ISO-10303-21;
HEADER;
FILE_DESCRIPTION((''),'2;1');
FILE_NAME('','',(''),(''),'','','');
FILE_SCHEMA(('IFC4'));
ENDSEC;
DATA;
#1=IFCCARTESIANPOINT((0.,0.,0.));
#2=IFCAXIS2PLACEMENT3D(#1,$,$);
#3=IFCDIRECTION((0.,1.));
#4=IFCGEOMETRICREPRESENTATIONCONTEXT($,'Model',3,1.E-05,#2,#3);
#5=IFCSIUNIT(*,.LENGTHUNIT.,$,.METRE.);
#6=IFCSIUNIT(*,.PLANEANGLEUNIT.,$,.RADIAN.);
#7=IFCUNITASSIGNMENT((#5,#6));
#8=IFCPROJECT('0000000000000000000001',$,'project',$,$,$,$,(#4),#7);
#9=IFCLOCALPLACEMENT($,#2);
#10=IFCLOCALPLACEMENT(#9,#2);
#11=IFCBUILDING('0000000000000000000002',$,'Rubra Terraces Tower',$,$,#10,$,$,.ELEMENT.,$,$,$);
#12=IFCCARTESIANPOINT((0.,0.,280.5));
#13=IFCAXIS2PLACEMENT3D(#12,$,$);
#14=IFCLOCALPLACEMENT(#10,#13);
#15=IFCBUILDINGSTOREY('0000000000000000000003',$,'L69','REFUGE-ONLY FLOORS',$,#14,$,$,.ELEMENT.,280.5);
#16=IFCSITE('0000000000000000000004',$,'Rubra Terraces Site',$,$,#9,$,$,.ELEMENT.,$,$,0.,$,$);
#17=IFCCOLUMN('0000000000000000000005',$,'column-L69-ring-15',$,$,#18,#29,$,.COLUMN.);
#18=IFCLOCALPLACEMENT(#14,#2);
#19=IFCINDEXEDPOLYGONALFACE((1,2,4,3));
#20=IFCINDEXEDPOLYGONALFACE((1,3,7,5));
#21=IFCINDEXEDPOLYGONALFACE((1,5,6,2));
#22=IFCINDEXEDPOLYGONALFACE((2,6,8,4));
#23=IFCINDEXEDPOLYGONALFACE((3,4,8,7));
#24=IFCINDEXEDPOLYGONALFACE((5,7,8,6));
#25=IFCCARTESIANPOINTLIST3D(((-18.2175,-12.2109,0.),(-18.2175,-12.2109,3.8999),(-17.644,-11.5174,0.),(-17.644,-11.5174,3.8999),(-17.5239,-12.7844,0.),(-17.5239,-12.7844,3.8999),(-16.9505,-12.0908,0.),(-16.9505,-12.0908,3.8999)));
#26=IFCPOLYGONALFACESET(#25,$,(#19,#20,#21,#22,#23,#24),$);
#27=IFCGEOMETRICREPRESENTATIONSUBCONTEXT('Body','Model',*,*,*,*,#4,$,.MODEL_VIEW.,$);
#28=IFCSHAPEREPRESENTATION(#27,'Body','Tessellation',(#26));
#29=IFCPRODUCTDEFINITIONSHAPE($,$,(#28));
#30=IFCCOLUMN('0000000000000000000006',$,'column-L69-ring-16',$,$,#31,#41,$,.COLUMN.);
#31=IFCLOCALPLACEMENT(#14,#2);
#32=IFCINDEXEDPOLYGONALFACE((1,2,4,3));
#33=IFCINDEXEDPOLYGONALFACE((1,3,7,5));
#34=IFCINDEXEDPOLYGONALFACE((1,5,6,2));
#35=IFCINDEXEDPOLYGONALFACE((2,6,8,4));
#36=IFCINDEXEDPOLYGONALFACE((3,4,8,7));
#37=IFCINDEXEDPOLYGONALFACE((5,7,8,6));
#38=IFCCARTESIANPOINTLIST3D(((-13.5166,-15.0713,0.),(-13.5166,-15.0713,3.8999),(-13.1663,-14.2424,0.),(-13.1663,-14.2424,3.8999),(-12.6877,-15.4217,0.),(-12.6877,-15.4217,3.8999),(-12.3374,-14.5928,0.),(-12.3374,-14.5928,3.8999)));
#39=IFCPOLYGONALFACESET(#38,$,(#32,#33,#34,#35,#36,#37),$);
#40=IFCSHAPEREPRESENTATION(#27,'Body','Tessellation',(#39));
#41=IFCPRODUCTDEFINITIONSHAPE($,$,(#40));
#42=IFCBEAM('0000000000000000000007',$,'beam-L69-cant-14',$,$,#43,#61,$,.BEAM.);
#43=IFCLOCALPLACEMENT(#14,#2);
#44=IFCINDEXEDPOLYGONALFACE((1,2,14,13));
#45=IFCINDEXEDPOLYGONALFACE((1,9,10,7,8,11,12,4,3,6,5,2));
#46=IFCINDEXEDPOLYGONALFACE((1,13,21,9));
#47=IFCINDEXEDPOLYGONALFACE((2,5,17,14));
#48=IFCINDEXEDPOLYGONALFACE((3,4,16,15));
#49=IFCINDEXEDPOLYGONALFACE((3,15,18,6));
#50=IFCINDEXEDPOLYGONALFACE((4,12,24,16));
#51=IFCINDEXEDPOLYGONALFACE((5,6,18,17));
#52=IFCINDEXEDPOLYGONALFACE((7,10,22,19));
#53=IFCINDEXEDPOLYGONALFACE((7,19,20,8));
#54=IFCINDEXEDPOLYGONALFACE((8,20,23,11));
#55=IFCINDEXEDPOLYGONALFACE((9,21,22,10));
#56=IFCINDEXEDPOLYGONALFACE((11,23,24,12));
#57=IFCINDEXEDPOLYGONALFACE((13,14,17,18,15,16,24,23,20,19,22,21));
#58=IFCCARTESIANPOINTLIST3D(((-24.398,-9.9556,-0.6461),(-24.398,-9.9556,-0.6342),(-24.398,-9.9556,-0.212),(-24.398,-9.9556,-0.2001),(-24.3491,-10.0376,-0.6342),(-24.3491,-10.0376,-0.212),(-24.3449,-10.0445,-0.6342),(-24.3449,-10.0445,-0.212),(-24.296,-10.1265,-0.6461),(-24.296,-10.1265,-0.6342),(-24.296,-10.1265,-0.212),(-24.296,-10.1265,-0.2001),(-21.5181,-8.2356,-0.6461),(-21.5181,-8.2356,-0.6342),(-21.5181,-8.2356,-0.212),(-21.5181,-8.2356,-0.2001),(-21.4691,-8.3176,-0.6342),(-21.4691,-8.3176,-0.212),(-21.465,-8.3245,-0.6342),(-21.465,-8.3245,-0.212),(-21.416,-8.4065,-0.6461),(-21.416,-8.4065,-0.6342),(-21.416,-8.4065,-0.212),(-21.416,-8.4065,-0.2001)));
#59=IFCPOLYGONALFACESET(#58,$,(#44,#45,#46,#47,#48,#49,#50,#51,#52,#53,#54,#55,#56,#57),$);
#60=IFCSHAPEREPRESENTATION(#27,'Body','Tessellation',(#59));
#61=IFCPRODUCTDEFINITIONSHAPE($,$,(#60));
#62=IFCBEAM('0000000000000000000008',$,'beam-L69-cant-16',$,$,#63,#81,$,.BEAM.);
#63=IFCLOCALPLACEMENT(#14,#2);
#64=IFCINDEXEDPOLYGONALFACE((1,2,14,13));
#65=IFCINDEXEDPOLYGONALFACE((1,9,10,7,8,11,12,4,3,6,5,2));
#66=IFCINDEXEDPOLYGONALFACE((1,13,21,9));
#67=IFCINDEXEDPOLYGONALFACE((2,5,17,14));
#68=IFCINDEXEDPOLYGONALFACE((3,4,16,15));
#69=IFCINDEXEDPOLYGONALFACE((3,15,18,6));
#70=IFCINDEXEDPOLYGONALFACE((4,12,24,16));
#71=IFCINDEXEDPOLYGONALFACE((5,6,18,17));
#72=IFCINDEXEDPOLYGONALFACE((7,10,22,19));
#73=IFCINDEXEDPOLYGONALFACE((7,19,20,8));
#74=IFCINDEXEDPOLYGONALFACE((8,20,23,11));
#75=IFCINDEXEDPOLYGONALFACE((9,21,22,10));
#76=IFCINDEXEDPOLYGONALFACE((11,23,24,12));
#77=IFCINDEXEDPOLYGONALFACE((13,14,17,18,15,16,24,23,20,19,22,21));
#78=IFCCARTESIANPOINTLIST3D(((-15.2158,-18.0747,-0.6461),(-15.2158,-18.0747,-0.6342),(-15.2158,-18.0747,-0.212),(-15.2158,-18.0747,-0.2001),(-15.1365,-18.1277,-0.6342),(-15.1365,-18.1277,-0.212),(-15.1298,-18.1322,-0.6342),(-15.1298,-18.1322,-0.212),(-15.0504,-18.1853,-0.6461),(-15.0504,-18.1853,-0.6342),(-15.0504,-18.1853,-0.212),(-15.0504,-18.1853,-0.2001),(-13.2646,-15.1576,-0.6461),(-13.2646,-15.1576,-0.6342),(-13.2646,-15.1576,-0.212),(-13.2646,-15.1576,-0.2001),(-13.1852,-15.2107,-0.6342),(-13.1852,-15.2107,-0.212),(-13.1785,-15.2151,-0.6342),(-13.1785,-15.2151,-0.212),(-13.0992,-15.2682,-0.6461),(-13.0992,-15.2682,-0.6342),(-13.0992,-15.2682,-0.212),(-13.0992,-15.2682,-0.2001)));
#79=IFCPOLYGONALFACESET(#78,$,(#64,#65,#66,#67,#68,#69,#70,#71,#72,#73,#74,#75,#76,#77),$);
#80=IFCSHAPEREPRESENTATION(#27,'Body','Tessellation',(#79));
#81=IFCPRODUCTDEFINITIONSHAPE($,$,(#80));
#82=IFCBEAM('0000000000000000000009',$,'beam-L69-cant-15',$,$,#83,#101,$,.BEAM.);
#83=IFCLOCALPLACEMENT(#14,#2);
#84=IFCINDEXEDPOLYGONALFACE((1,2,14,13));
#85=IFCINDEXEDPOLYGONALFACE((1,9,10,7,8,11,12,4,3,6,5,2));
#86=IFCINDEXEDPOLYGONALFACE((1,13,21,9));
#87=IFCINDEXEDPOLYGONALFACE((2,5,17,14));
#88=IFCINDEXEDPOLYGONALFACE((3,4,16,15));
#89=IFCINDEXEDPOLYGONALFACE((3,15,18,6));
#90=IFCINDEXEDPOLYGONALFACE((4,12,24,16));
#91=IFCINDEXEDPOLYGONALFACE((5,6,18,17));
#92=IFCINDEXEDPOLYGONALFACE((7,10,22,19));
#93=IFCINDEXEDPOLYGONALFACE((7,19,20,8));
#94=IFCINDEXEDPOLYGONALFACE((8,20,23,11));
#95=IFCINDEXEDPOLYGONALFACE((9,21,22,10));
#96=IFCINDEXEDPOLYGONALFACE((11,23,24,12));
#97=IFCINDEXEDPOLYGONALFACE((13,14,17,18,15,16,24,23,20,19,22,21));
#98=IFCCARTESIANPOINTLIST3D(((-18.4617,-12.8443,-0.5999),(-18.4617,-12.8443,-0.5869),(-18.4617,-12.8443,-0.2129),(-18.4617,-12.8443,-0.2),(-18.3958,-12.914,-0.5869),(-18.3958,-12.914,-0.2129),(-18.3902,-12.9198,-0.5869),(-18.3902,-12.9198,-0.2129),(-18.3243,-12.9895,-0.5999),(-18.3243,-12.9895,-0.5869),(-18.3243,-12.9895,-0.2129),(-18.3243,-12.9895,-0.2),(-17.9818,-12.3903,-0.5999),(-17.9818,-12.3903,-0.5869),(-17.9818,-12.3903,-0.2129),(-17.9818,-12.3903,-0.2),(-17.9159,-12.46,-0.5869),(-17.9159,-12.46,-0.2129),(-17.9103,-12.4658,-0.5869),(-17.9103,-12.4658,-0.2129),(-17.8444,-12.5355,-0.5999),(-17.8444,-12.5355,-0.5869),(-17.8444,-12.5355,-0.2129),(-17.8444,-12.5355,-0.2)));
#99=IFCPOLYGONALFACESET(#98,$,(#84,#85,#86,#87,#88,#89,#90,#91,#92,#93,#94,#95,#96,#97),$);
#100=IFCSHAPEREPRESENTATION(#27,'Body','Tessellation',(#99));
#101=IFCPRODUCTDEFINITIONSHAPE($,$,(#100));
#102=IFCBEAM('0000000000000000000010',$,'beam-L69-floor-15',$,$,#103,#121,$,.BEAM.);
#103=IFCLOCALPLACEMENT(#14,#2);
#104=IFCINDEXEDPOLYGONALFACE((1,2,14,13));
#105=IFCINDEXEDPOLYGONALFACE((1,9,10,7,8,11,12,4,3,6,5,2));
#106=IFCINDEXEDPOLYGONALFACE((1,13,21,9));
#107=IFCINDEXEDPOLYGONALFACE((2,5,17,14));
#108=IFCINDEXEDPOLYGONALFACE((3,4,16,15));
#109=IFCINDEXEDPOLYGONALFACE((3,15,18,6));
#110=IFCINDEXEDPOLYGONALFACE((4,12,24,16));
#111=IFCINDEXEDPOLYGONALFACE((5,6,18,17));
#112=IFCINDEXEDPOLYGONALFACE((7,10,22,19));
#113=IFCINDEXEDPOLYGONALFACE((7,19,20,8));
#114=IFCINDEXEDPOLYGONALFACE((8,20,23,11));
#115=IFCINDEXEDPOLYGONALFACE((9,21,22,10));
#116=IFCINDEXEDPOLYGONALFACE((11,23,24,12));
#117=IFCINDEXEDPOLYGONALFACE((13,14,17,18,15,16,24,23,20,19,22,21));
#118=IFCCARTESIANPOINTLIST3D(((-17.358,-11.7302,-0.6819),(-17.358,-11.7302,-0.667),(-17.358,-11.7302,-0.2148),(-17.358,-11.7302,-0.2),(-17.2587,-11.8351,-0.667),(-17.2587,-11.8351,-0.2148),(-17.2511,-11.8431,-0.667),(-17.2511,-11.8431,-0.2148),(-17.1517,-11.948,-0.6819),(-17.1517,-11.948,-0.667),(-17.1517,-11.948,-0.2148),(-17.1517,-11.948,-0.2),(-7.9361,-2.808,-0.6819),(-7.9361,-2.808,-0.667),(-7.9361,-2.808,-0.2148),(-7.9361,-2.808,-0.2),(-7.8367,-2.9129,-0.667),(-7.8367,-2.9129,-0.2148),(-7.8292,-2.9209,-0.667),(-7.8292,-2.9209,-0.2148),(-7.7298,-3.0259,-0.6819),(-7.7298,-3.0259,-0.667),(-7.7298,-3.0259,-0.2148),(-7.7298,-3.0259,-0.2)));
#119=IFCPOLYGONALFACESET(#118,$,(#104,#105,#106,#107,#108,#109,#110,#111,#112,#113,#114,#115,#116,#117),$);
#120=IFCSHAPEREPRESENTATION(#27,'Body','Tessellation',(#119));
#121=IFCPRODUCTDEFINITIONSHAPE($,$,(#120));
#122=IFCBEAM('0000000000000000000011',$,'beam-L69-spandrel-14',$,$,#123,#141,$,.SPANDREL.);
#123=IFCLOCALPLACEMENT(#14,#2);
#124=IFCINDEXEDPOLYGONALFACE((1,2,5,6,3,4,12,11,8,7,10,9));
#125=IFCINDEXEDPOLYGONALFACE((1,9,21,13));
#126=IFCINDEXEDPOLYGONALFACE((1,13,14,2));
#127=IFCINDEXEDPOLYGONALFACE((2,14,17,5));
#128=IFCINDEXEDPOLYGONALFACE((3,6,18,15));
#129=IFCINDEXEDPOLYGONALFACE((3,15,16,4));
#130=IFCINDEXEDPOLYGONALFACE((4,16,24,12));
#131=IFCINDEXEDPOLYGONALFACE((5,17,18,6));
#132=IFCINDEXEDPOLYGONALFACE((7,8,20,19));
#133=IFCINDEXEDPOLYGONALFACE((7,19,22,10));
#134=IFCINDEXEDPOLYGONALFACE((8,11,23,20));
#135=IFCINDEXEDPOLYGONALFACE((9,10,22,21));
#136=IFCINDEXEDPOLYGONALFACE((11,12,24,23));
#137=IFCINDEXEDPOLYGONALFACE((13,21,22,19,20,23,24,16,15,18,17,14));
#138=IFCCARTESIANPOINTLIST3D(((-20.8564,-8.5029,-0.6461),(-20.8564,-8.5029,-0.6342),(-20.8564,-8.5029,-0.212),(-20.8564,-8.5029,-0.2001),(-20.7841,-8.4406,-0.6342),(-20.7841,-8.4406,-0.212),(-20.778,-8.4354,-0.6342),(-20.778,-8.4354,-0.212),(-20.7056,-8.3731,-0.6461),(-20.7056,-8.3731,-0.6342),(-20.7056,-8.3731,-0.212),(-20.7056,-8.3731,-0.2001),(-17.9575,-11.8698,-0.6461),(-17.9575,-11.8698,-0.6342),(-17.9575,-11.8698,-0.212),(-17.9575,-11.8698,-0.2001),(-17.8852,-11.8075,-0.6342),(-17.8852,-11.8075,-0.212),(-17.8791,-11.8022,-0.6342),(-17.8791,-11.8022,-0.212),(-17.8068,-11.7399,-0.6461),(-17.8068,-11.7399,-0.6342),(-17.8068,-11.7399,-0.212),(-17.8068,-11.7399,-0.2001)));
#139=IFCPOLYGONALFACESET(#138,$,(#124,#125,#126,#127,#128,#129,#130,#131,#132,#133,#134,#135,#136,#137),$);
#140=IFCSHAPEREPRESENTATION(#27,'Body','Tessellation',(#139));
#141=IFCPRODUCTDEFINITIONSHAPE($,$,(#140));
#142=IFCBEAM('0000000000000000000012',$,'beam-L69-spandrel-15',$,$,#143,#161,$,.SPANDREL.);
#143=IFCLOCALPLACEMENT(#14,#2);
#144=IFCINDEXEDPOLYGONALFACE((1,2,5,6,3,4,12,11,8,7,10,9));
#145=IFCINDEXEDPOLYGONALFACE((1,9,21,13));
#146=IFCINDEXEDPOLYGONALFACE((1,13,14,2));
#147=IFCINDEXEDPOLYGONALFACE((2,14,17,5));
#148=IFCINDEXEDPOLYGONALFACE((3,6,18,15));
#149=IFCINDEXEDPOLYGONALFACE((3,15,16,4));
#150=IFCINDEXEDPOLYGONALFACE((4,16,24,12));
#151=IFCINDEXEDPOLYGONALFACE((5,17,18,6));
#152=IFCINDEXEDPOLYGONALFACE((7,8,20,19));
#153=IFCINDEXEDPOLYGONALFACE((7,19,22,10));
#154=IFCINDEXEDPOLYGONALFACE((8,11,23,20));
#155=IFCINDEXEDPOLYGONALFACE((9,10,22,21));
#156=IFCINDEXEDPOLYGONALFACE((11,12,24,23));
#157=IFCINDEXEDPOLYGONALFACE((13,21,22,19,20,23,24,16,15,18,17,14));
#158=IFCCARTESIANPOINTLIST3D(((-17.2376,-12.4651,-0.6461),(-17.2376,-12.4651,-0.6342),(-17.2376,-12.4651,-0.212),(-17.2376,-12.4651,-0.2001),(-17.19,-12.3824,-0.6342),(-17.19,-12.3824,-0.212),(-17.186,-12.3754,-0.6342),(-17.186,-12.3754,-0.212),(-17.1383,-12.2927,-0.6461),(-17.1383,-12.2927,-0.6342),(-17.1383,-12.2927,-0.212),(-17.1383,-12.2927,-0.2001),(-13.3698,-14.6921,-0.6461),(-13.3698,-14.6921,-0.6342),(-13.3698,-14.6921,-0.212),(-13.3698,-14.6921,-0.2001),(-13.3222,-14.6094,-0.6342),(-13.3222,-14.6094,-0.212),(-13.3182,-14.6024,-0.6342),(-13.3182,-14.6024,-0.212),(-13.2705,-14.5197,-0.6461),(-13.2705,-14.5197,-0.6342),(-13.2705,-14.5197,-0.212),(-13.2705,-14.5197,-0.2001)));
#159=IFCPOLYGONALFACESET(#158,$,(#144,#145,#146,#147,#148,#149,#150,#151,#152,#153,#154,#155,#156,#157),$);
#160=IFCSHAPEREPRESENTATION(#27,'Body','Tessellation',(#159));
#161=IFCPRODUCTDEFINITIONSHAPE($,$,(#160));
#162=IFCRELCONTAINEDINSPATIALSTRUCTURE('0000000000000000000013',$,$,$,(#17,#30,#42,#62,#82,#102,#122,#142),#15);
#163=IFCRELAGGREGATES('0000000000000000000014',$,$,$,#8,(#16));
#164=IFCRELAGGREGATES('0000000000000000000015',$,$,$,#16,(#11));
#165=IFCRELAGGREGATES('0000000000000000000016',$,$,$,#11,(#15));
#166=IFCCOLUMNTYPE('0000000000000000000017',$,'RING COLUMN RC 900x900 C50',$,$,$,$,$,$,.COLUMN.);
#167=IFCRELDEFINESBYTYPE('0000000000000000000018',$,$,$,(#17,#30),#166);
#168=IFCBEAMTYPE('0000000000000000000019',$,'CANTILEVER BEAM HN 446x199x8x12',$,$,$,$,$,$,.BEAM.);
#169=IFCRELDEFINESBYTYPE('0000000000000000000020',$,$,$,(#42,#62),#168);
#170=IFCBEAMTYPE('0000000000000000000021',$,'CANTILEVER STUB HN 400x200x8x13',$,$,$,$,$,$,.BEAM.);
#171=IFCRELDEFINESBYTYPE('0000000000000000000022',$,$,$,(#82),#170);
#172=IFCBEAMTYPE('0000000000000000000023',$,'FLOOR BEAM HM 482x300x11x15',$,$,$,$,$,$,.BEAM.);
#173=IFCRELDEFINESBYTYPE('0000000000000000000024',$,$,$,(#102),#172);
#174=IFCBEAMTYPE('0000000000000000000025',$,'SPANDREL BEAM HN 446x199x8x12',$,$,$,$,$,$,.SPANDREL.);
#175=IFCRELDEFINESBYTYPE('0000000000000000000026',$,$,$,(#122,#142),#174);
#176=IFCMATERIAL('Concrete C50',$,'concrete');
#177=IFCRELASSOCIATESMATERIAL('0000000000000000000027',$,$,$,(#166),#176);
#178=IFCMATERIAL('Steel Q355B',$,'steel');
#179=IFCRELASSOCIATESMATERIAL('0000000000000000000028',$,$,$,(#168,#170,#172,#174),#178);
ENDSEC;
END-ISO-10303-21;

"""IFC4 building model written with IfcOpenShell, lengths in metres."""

from ifc_helpers import new_model, si_unit, direction, frame, origin, origin_2d, place, context, subcontext, project, spatial, rectangle, i_section, extrude, material, material_profile, profile_set, type_object, element, save


model = new_model("IFC4")

# Units and contexts
model_context = context("Model", 3, precision=1e-05, world=origin(), true_north=direction((0.0, 1.0)))
body_context = subcontext(model_context, "Body", "Model", "MODEL_VIEW")
ifc_project = project(units=[si_unit("LENGTHUNIT", "METRE"), si_unit("PLANEANGLEUNIT", "RADIAN")], contexts=[model_context])

# Site, building, storey
site_placement = place(None, origin())
site = spatial("IfcSite", under=ifc_project, at=site_placement, Name="Rubra Terraces Site", CompositionType="ELEMENT", RefElevation=0.0)
building_placement = place(site_placement, origin())
building = spatial("IfcBuilding", under=site, at=building_placement, Name="Rubra Terraces Tower", CompositionType="ELEMENT")
storey_placement = place(building_placement, frame((0.0, 0.0, 280.5)))
storey = spatial("IfcBuildingStorey", under=building, at=storey_placement, Name="L69", Description="REFUGE-ONLY FLOORS", CompositionType="ELEMENT", Elevation=280.5)

# Columns
ifc_material_1 = material(Name="Concrete C50", Category="concrete")
ifc_material_profile_1 = material_profile(ifc_material_1, rectangle(XDim=0.8999, YDim=0.8999, at=origin_2d()), Name="RC 900x900")
ifc_profile_set_1 = profile_set([ifc_material_profile_1], Name="Concrete C50")
column_type = type_object("IfcColumnType", Name="RING COLUMN RC 900x900 C50", PredefinedType="COLUMN", material=ifc_profile_set_1)
for number, where, z_axis, x_axis, name in (
    (1, (-17.584, -12.1509, 0.0), (0.0, 0.0, 1.0), (0.770679, -0.637223, 0.0), "column-L69-ring-15"),
    (2, (-12.927, -14.832, 0.0), (0.0, 0.0, 1.0), (0.921106, -0.389313, 0.0), "column-L69-ring-16"),
):
    element("IfcColumn", number, at=place(storey_placement, frame(where, z_axis=z_axis, x_axis=x_axis)), inside=storey, type_object=column_type, Name=name, PredefinedType="COLUMN", context=body_context, shape_type="SweptSolid", body=[
        extrude(rectangle(XDim=0.8999, YDim=0.8999, at=origin_2d()), origin(), (0.0, 0.0, 1.0), 3.8999),
    ])

# Beams
ifc_material_2 = material(Name="Steel Q355B", Category="steel")
ifc_material_profile_2 = material_profile(ifc_material_2, i_section(OverallWidth=0.199, OverallDepth=0.446, WebThickness=0.0081, FlangeThickness=0.012, at=origin_2d()), Name="HN 446x199x8x12")
ifc_profile_set_2 = profile_set([ifc_material_profile_2], Name="Steel Q355B")
beam_type_1 = type_object("IfcBeamType", Name="CANTILEVER BEAM HN 446x199x8x12", PredefinedType="BEAM", material=ifc_profile_set_2)
beam_1_placement = place(storey_placement, frame((-21.467, -8.321, -0.4231), z_axis=(-0.858538, -0.51275, 0.0), x_axis=(0.51275, -0.858538, 0.0)))
element("IfcBeam", 3, at=beam_1_placement, inside=storey, type_object=beam_type_1, Name="beam-L69-cant-14", PredefinedType="BEAM", context=body_context, shape_type="SweptSolid", body=[
    extrude(i_section(OverallWidth=0.199, OverallDepth=0.446, WebThickness=0.0081, FlangeThickness=0.012, at=origin_2d()), origin(), (0.0, 0.0, 1.0), 3.3545),
])
beam_2_placement = place(storey_placement, frame((-13.1819, -15.2129, -0.4231), z_axis=(-0.555984, -0.831193, 0.0), x_axis=(0.831193, -0.555984, 0.0)))
element("IfcBeam", 4, at=beam_2_placement, inside=storey, type_object=beam_type_1, Name="beam-L69-cant-16", PredefinedType="BEAM", context=body_context, shape_type="SweptSolid", body=[
    extrude(i_section(OverallWidth=0.199, OverallDepth=0.446, WebThickness=0.0081, FlangeThickness=0.012, at=origin_2d()), origin(), (0.0, 0.0, 1.0), 3.5095),
])
ifc_material_profile_3 = material_profile(ifc_material_2, i_section(OverallWidth=0.2, OverallDepth=0.3999, WebThickness=0.0081, FlangeThickness=0.0129, at=origin_2d()), Name="HN 400x200x8x13")
ifc_profile_set_3 = profile_set([ifc_material_profile_3], Name="Steel Q355B")
beam_type_2 = type_object("IfcBeamType", Name="CANTILEVER STUB HN 400x200x8x13", PredefinedType="BEAM", material=ifc_profile_set_3)
beam_3_placement = place(storey_placement, frame((-17.9131, -12.4629, -0.3999), z_axis=(-0.726419, -0.687253, 0.0), x_axis=(0.687253, -0.726419, 0.0)))
element("IfcBeam", 5, at=beam_3_placement, inside=storey, type_object=beam_type_2, Name="beam-L69-cant-15", PredefinedType="BEAM", context=body_context, shape_type="SweptSolid", body=[
    extrude(i_section(OverallWidth=0.2, OverallDepth=0.3999, WebThickness=0.0081, FlangeThickness=0.0129, at=origin_2d()), origin(), (0.0, 0.0, 1.0), 0.6606),
])
ifc_material_profile_4 = material_profile(ifc_material_2, i_section(OverallWidth=0.3, OverallDepth=0.4819, WebThickness=0.011, FlangeThickness=0.0149, at=origin_2d()), Name="HM 482x300x11x15")
ifc_profile_set_4 = profile_set([ifc_material_profile_4], Name="Steel Q355B")
beam_type_3 = type_object("IfcBeamType", Name="FLOOR BEAM HM 482x300x11x15", PredefinedType="BEAM", material=ifc_profile_set_4)
beam_4_placement = place(storey_placement, frame((-17.2549, -11.8391, -0.4409), z_axis=(0.726101, 0.687588, 0.0), x_axis=(-0.687588, 0.726101, 0.0)))
element("IfcBeam", 6, at=beam_4_placement, inside=storey, type_object=beam_type_3, Name="beam-L69-floor-15", PredefinedType="BEAM", context=body_context, shape_type="SweptSolid", body=[
    extrude(i_section(OverallWidth=0.3, OverallDepth=0.4819, WebThickness=0.011, FlangeThickness=0.0149, at=origin_2d()), origin(), (0.0, 0.0, 1.0), 12.9761),
])
ifc_material_profile_5 = material_profile(ifc_material_2, i_section(OverallWidth=0.199, OverallDepth=0.446, WebThickness=0.0081, FlangeThickness=0.012, at=origin_2d()), Name="HN 446x199x8x12")
ifc_profile_set_5 = profile_set([ifc_material_profile_5], Name="Steel Q355B")
beam_type_4 = type_object("IfcBeamType", Name="SPANDREL BEAM HN 446x199x8x12", PredefinedType="SPANDREL", material=ifc_profile_set_5)
beam_5_placement = place(storey_placement, frame((-20.781, -8.438, -0.4231), z_axis=(0.652473, -0.757812, 0.0), x_axis=(0.757812, 0.652473, 0.0)))
element("IfcBeam", 7, at=beam_5_placement, inside=storey, type_object=beam_type_4, Name="beam-L69-spandrel-14", PredefinedType="SPANDREL", context=body_context, shape_type="SweptSolid", body=[
    extrude(i_section(OverallWidth=0.199, OverallDepth=0.446, WebThickness=0.0081, FlangeThickness=0.012, at=origin_2d()), origin(), (0.0, 0.0, 1.0), 4.4429),
])
beam_6_placement = place(storey_placement, frame((-17.188, -12.3789, -0.4231), z_axis=(0.866616, -0.498976, 0.0), x_axis=(0.498976, 0.866616, 0.0)))
element("IfcBeam", 8, at=beam_6_placement, inside=storey, type_object=beam_type_4, Name="beam-L69-spandrel-15", PredefinedType="SPANDREL", context=body_context, shape_type="SweptSolid", body=[
    extrude(i_section(OverallWidth=0.199, OverallDepth=0.446, WebThickness=0.0081, FlangeThickness=0.012, at=origin_2d()), origin(), (0.0, 0.0, 1.0), 4.4631),
])

save(model, "model.ifc")
